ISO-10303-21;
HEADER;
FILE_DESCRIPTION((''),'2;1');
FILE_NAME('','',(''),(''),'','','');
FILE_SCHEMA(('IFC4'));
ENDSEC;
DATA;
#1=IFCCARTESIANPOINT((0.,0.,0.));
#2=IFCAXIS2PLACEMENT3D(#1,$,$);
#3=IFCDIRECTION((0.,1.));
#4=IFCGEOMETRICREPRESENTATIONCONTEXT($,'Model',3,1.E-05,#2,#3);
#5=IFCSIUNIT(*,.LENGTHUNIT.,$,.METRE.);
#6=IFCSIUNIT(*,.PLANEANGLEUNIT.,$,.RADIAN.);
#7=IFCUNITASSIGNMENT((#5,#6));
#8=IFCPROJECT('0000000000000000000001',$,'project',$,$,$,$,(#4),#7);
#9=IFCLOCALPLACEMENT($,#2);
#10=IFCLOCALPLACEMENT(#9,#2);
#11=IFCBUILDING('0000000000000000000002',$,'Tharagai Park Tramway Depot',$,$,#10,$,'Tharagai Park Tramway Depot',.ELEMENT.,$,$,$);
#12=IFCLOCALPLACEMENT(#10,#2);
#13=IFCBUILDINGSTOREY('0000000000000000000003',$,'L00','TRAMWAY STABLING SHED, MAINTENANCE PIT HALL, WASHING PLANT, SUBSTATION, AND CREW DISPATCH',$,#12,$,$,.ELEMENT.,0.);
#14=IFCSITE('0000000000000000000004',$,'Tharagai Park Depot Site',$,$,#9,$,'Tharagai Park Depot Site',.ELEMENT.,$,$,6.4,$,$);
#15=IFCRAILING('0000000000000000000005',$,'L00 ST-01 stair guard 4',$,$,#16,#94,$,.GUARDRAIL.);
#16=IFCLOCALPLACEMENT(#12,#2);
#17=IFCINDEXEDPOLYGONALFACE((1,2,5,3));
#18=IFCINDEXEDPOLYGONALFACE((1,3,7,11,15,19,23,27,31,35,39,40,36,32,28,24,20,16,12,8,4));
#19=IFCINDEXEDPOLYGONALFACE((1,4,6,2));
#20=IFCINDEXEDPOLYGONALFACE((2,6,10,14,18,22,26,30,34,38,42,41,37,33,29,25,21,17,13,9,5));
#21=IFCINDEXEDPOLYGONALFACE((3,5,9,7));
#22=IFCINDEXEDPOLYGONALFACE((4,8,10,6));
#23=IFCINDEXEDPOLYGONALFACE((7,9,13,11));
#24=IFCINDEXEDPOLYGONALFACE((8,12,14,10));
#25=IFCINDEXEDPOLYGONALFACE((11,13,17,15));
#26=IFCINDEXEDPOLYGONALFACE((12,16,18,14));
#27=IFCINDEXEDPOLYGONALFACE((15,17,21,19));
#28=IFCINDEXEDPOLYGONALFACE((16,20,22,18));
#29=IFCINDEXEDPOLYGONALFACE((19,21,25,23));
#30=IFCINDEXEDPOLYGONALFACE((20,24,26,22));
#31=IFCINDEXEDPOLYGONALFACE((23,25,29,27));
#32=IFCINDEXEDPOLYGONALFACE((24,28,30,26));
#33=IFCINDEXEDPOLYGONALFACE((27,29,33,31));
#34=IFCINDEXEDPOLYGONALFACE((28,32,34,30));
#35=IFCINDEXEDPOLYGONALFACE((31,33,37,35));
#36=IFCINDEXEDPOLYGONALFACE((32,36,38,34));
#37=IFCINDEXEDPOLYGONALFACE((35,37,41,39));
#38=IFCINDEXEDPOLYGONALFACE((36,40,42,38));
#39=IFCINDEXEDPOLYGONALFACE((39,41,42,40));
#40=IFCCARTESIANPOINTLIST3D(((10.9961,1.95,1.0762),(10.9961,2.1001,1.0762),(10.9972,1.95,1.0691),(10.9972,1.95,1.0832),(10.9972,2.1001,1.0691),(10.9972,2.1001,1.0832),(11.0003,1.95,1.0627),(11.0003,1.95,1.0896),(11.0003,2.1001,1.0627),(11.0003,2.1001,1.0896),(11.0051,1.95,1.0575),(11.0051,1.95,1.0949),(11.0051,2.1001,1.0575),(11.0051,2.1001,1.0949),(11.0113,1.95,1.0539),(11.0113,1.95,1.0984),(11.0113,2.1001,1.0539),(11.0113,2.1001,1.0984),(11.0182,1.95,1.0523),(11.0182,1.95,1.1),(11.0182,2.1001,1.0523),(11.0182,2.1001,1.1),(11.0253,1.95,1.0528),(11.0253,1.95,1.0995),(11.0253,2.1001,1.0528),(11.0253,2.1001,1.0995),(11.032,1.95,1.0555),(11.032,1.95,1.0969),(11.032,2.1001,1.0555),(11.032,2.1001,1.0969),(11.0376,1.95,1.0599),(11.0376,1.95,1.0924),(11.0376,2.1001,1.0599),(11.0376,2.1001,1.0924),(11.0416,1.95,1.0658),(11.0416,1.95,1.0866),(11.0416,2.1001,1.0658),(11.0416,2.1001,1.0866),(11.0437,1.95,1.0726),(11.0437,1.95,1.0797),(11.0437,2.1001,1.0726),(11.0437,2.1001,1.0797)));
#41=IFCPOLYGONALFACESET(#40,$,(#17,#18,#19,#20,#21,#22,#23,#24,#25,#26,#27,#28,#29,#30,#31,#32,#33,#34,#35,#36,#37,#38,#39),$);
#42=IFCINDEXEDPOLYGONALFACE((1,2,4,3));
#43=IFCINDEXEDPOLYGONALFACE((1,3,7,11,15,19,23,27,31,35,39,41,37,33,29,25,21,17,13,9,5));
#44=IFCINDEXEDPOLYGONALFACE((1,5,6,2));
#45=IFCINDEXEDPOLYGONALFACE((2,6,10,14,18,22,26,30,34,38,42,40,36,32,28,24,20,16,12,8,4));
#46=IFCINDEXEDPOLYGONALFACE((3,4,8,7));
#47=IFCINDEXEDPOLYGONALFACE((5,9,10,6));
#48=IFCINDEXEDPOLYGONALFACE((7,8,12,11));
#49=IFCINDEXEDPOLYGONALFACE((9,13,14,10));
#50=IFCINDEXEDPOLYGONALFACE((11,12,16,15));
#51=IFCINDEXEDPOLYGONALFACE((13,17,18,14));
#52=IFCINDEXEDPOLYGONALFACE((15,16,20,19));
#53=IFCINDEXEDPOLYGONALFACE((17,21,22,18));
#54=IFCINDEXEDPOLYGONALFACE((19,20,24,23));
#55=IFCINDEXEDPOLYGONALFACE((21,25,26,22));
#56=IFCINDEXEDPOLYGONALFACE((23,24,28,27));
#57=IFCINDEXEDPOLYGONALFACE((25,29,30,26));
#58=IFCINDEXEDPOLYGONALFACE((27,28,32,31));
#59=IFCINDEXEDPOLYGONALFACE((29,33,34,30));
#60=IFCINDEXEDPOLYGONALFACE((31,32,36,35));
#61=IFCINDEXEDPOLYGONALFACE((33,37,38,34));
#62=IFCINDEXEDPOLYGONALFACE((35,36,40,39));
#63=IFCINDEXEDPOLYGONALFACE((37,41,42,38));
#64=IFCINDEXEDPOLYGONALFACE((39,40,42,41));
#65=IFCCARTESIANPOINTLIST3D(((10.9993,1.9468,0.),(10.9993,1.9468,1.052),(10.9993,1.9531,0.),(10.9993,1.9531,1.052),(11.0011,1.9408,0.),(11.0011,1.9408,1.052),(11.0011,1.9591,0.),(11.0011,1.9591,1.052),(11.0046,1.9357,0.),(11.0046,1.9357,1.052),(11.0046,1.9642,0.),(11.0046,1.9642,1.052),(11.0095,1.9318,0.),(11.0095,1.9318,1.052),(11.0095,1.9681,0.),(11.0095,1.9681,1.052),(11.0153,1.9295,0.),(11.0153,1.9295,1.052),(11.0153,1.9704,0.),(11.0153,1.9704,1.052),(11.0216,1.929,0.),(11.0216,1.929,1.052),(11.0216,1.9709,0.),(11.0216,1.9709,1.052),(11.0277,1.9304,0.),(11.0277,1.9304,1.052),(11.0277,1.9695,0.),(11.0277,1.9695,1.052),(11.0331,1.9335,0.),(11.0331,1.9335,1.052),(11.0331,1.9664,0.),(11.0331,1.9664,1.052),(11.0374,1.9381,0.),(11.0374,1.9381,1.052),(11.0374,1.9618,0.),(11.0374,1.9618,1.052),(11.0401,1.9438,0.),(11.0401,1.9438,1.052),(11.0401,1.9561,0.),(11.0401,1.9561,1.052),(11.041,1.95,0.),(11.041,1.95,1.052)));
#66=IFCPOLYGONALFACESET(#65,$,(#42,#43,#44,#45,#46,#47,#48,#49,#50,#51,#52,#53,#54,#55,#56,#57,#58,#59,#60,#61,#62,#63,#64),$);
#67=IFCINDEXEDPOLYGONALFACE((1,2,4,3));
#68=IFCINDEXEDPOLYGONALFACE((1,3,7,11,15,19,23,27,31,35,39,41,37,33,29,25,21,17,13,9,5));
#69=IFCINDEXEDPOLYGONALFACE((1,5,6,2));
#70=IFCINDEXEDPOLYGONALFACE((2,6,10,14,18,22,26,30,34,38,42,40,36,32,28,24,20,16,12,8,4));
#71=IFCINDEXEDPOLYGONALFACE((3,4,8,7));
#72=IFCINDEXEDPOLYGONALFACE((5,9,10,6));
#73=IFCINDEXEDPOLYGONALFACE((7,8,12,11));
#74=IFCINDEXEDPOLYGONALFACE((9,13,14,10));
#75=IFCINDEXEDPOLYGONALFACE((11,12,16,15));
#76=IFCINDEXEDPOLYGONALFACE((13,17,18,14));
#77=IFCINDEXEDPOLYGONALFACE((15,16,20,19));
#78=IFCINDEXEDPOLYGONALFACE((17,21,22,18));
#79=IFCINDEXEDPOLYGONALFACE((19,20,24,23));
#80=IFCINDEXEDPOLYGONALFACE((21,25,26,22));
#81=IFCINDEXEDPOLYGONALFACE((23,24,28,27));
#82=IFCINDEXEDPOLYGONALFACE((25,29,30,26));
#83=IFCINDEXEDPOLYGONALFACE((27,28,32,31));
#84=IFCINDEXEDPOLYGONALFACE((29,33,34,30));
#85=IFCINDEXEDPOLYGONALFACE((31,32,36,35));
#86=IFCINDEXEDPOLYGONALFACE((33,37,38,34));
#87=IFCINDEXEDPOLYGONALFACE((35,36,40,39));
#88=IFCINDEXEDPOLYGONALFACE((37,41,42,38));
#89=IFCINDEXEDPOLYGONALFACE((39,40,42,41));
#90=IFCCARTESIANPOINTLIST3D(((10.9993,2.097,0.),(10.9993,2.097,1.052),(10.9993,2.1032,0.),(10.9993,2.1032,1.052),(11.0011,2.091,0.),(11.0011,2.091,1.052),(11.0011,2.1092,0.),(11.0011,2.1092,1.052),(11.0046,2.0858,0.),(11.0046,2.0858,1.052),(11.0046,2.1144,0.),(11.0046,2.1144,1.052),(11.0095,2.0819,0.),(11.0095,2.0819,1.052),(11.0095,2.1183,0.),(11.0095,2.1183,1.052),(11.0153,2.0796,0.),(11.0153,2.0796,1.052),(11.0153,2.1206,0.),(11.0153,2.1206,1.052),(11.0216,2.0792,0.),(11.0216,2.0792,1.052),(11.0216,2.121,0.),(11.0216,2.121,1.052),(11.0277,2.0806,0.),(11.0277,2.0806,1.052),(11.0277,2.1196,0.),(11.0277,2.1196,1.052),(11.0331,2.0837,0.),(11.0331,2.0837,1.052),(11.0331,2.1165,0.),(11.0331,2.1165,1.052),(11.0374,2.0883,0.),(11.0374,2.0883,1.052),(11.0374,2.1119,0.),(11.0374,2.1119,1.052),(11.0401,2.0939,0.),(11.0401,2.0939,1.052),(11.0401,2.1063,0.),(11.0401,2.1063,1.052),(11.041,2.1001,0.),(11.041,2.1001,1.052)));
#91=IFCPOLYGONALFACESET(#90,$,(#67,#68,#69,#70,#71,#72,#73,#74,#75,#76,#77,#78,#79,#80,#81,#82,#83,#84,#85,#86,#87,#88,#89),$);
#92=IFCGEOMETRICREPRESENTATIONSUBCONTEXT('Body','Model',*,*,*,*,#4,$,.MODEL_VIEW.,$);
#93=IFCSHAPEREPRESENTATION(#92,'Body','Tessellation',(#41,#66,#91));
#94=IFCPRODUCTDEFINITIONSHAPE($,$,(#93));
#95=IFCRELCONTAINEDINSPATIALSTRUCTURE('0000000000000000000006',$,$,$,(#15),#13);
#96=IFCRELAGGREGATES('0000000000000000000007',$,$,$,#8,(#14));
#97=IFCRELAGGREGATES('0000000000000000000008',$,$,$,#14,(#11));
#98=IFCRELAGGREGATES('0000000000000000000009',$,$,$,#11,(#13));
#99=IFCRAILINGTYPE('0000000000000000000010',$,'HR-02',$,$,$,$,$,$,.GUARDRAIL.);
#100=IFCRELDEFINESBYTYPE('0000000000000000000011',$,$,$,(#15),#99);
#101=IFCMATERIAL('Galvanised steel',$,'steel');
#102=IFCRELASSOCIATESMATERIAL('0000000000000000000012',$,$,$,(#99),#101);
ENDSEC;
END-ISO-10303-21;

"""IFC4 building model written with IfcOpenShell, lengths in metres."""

from ifc_helpers import new_model, si_unit, direction, frame, origin, origin_2d, place, context, subcontext, project, spatial, circle, extrude, material, type_object, element, save


model = new_model("IFC4")

# Units and contexts
model_context = context("Model", 3, precision=1e-05, world=origin(), true_north=direction((0.0, 1.0)))
body_context = subcontext(model_context, "Body", "Model", "MODEL_VIEW")
ifc_project = project(units=[si_unit("LENGTHUNIT", "METRE"), si_unit("PLANEANGLEUNIT", "RADIAN")], contexts=[model_context])

# Site, building, storey
site_placement = place(None, origin())
site = spatial("IfcSite", under=ifc_project, at=site_placement, Name="Tharagai Park Depot Site", LongName="Tharagai Park Depot Site", CompositionType="ELEMENT", RefElevation=6.4)
building_placement = place(site_placement, origin())
building = spatial("IfcBuilding", under=site, at=building_placement, Name="Tharagai Park Tramway Depot", LongName="Tharagai Park Tramway Depot", CompositionType="ELEMENT")
storey_placement = place(building_placement, origin())
storey = spatial("IfcBuildingStorey", under=building, at=storey_placement, Name="L00", Description="TRAMWAY STABLING SHED, MAINTENANCE PIT HALL, WASHING PLANT, SUBSTATION, AND CREW DISPATCH", CompositionType="ELEMENT", Elevation=0.0)

# Shared definitions
ifc_material_1 = material(Name="Galvanised steel", Category="steel")

# Railing
railing_type_1 = type_object("IfcRailingType", Name="HR-02", PredefinedType="GUARDRAIL", material=ifc_material_1)
railing_1_placement = place(storey_placement, frame((11.02, 1.95, 0.0)))
element("IfcRailing", 1, at=railing_1_placement, inside=storey, type_object=railing_type_1, Name="L00 ST-01 stair guard 4", PredefinedType="GUARDRAIL", context=body_context, shape_type="SweptSolid", body=[
    extrude(circle(Radius=0.0239, at=origin_2d()), frame((0.0, 0.0, 1.0762), z_axis=(0.0, 1.0, 0.0), x_axis=(-1.0, 0.0, 0.0)), (0.0, 0.0, 1.0), 0.1501),
    extrude(circle(Radius=0.021, at=origin_2d()), origin(), (0.0, 0.0, 1.0), 1.052),
    extrude(circle(Radius=0.021, at=origin_2d()), frame((0.0, 0.1501, 0.0)), (0.0, 0.0, 1.0), 1.052),
])

save(model, "model.ifc")
